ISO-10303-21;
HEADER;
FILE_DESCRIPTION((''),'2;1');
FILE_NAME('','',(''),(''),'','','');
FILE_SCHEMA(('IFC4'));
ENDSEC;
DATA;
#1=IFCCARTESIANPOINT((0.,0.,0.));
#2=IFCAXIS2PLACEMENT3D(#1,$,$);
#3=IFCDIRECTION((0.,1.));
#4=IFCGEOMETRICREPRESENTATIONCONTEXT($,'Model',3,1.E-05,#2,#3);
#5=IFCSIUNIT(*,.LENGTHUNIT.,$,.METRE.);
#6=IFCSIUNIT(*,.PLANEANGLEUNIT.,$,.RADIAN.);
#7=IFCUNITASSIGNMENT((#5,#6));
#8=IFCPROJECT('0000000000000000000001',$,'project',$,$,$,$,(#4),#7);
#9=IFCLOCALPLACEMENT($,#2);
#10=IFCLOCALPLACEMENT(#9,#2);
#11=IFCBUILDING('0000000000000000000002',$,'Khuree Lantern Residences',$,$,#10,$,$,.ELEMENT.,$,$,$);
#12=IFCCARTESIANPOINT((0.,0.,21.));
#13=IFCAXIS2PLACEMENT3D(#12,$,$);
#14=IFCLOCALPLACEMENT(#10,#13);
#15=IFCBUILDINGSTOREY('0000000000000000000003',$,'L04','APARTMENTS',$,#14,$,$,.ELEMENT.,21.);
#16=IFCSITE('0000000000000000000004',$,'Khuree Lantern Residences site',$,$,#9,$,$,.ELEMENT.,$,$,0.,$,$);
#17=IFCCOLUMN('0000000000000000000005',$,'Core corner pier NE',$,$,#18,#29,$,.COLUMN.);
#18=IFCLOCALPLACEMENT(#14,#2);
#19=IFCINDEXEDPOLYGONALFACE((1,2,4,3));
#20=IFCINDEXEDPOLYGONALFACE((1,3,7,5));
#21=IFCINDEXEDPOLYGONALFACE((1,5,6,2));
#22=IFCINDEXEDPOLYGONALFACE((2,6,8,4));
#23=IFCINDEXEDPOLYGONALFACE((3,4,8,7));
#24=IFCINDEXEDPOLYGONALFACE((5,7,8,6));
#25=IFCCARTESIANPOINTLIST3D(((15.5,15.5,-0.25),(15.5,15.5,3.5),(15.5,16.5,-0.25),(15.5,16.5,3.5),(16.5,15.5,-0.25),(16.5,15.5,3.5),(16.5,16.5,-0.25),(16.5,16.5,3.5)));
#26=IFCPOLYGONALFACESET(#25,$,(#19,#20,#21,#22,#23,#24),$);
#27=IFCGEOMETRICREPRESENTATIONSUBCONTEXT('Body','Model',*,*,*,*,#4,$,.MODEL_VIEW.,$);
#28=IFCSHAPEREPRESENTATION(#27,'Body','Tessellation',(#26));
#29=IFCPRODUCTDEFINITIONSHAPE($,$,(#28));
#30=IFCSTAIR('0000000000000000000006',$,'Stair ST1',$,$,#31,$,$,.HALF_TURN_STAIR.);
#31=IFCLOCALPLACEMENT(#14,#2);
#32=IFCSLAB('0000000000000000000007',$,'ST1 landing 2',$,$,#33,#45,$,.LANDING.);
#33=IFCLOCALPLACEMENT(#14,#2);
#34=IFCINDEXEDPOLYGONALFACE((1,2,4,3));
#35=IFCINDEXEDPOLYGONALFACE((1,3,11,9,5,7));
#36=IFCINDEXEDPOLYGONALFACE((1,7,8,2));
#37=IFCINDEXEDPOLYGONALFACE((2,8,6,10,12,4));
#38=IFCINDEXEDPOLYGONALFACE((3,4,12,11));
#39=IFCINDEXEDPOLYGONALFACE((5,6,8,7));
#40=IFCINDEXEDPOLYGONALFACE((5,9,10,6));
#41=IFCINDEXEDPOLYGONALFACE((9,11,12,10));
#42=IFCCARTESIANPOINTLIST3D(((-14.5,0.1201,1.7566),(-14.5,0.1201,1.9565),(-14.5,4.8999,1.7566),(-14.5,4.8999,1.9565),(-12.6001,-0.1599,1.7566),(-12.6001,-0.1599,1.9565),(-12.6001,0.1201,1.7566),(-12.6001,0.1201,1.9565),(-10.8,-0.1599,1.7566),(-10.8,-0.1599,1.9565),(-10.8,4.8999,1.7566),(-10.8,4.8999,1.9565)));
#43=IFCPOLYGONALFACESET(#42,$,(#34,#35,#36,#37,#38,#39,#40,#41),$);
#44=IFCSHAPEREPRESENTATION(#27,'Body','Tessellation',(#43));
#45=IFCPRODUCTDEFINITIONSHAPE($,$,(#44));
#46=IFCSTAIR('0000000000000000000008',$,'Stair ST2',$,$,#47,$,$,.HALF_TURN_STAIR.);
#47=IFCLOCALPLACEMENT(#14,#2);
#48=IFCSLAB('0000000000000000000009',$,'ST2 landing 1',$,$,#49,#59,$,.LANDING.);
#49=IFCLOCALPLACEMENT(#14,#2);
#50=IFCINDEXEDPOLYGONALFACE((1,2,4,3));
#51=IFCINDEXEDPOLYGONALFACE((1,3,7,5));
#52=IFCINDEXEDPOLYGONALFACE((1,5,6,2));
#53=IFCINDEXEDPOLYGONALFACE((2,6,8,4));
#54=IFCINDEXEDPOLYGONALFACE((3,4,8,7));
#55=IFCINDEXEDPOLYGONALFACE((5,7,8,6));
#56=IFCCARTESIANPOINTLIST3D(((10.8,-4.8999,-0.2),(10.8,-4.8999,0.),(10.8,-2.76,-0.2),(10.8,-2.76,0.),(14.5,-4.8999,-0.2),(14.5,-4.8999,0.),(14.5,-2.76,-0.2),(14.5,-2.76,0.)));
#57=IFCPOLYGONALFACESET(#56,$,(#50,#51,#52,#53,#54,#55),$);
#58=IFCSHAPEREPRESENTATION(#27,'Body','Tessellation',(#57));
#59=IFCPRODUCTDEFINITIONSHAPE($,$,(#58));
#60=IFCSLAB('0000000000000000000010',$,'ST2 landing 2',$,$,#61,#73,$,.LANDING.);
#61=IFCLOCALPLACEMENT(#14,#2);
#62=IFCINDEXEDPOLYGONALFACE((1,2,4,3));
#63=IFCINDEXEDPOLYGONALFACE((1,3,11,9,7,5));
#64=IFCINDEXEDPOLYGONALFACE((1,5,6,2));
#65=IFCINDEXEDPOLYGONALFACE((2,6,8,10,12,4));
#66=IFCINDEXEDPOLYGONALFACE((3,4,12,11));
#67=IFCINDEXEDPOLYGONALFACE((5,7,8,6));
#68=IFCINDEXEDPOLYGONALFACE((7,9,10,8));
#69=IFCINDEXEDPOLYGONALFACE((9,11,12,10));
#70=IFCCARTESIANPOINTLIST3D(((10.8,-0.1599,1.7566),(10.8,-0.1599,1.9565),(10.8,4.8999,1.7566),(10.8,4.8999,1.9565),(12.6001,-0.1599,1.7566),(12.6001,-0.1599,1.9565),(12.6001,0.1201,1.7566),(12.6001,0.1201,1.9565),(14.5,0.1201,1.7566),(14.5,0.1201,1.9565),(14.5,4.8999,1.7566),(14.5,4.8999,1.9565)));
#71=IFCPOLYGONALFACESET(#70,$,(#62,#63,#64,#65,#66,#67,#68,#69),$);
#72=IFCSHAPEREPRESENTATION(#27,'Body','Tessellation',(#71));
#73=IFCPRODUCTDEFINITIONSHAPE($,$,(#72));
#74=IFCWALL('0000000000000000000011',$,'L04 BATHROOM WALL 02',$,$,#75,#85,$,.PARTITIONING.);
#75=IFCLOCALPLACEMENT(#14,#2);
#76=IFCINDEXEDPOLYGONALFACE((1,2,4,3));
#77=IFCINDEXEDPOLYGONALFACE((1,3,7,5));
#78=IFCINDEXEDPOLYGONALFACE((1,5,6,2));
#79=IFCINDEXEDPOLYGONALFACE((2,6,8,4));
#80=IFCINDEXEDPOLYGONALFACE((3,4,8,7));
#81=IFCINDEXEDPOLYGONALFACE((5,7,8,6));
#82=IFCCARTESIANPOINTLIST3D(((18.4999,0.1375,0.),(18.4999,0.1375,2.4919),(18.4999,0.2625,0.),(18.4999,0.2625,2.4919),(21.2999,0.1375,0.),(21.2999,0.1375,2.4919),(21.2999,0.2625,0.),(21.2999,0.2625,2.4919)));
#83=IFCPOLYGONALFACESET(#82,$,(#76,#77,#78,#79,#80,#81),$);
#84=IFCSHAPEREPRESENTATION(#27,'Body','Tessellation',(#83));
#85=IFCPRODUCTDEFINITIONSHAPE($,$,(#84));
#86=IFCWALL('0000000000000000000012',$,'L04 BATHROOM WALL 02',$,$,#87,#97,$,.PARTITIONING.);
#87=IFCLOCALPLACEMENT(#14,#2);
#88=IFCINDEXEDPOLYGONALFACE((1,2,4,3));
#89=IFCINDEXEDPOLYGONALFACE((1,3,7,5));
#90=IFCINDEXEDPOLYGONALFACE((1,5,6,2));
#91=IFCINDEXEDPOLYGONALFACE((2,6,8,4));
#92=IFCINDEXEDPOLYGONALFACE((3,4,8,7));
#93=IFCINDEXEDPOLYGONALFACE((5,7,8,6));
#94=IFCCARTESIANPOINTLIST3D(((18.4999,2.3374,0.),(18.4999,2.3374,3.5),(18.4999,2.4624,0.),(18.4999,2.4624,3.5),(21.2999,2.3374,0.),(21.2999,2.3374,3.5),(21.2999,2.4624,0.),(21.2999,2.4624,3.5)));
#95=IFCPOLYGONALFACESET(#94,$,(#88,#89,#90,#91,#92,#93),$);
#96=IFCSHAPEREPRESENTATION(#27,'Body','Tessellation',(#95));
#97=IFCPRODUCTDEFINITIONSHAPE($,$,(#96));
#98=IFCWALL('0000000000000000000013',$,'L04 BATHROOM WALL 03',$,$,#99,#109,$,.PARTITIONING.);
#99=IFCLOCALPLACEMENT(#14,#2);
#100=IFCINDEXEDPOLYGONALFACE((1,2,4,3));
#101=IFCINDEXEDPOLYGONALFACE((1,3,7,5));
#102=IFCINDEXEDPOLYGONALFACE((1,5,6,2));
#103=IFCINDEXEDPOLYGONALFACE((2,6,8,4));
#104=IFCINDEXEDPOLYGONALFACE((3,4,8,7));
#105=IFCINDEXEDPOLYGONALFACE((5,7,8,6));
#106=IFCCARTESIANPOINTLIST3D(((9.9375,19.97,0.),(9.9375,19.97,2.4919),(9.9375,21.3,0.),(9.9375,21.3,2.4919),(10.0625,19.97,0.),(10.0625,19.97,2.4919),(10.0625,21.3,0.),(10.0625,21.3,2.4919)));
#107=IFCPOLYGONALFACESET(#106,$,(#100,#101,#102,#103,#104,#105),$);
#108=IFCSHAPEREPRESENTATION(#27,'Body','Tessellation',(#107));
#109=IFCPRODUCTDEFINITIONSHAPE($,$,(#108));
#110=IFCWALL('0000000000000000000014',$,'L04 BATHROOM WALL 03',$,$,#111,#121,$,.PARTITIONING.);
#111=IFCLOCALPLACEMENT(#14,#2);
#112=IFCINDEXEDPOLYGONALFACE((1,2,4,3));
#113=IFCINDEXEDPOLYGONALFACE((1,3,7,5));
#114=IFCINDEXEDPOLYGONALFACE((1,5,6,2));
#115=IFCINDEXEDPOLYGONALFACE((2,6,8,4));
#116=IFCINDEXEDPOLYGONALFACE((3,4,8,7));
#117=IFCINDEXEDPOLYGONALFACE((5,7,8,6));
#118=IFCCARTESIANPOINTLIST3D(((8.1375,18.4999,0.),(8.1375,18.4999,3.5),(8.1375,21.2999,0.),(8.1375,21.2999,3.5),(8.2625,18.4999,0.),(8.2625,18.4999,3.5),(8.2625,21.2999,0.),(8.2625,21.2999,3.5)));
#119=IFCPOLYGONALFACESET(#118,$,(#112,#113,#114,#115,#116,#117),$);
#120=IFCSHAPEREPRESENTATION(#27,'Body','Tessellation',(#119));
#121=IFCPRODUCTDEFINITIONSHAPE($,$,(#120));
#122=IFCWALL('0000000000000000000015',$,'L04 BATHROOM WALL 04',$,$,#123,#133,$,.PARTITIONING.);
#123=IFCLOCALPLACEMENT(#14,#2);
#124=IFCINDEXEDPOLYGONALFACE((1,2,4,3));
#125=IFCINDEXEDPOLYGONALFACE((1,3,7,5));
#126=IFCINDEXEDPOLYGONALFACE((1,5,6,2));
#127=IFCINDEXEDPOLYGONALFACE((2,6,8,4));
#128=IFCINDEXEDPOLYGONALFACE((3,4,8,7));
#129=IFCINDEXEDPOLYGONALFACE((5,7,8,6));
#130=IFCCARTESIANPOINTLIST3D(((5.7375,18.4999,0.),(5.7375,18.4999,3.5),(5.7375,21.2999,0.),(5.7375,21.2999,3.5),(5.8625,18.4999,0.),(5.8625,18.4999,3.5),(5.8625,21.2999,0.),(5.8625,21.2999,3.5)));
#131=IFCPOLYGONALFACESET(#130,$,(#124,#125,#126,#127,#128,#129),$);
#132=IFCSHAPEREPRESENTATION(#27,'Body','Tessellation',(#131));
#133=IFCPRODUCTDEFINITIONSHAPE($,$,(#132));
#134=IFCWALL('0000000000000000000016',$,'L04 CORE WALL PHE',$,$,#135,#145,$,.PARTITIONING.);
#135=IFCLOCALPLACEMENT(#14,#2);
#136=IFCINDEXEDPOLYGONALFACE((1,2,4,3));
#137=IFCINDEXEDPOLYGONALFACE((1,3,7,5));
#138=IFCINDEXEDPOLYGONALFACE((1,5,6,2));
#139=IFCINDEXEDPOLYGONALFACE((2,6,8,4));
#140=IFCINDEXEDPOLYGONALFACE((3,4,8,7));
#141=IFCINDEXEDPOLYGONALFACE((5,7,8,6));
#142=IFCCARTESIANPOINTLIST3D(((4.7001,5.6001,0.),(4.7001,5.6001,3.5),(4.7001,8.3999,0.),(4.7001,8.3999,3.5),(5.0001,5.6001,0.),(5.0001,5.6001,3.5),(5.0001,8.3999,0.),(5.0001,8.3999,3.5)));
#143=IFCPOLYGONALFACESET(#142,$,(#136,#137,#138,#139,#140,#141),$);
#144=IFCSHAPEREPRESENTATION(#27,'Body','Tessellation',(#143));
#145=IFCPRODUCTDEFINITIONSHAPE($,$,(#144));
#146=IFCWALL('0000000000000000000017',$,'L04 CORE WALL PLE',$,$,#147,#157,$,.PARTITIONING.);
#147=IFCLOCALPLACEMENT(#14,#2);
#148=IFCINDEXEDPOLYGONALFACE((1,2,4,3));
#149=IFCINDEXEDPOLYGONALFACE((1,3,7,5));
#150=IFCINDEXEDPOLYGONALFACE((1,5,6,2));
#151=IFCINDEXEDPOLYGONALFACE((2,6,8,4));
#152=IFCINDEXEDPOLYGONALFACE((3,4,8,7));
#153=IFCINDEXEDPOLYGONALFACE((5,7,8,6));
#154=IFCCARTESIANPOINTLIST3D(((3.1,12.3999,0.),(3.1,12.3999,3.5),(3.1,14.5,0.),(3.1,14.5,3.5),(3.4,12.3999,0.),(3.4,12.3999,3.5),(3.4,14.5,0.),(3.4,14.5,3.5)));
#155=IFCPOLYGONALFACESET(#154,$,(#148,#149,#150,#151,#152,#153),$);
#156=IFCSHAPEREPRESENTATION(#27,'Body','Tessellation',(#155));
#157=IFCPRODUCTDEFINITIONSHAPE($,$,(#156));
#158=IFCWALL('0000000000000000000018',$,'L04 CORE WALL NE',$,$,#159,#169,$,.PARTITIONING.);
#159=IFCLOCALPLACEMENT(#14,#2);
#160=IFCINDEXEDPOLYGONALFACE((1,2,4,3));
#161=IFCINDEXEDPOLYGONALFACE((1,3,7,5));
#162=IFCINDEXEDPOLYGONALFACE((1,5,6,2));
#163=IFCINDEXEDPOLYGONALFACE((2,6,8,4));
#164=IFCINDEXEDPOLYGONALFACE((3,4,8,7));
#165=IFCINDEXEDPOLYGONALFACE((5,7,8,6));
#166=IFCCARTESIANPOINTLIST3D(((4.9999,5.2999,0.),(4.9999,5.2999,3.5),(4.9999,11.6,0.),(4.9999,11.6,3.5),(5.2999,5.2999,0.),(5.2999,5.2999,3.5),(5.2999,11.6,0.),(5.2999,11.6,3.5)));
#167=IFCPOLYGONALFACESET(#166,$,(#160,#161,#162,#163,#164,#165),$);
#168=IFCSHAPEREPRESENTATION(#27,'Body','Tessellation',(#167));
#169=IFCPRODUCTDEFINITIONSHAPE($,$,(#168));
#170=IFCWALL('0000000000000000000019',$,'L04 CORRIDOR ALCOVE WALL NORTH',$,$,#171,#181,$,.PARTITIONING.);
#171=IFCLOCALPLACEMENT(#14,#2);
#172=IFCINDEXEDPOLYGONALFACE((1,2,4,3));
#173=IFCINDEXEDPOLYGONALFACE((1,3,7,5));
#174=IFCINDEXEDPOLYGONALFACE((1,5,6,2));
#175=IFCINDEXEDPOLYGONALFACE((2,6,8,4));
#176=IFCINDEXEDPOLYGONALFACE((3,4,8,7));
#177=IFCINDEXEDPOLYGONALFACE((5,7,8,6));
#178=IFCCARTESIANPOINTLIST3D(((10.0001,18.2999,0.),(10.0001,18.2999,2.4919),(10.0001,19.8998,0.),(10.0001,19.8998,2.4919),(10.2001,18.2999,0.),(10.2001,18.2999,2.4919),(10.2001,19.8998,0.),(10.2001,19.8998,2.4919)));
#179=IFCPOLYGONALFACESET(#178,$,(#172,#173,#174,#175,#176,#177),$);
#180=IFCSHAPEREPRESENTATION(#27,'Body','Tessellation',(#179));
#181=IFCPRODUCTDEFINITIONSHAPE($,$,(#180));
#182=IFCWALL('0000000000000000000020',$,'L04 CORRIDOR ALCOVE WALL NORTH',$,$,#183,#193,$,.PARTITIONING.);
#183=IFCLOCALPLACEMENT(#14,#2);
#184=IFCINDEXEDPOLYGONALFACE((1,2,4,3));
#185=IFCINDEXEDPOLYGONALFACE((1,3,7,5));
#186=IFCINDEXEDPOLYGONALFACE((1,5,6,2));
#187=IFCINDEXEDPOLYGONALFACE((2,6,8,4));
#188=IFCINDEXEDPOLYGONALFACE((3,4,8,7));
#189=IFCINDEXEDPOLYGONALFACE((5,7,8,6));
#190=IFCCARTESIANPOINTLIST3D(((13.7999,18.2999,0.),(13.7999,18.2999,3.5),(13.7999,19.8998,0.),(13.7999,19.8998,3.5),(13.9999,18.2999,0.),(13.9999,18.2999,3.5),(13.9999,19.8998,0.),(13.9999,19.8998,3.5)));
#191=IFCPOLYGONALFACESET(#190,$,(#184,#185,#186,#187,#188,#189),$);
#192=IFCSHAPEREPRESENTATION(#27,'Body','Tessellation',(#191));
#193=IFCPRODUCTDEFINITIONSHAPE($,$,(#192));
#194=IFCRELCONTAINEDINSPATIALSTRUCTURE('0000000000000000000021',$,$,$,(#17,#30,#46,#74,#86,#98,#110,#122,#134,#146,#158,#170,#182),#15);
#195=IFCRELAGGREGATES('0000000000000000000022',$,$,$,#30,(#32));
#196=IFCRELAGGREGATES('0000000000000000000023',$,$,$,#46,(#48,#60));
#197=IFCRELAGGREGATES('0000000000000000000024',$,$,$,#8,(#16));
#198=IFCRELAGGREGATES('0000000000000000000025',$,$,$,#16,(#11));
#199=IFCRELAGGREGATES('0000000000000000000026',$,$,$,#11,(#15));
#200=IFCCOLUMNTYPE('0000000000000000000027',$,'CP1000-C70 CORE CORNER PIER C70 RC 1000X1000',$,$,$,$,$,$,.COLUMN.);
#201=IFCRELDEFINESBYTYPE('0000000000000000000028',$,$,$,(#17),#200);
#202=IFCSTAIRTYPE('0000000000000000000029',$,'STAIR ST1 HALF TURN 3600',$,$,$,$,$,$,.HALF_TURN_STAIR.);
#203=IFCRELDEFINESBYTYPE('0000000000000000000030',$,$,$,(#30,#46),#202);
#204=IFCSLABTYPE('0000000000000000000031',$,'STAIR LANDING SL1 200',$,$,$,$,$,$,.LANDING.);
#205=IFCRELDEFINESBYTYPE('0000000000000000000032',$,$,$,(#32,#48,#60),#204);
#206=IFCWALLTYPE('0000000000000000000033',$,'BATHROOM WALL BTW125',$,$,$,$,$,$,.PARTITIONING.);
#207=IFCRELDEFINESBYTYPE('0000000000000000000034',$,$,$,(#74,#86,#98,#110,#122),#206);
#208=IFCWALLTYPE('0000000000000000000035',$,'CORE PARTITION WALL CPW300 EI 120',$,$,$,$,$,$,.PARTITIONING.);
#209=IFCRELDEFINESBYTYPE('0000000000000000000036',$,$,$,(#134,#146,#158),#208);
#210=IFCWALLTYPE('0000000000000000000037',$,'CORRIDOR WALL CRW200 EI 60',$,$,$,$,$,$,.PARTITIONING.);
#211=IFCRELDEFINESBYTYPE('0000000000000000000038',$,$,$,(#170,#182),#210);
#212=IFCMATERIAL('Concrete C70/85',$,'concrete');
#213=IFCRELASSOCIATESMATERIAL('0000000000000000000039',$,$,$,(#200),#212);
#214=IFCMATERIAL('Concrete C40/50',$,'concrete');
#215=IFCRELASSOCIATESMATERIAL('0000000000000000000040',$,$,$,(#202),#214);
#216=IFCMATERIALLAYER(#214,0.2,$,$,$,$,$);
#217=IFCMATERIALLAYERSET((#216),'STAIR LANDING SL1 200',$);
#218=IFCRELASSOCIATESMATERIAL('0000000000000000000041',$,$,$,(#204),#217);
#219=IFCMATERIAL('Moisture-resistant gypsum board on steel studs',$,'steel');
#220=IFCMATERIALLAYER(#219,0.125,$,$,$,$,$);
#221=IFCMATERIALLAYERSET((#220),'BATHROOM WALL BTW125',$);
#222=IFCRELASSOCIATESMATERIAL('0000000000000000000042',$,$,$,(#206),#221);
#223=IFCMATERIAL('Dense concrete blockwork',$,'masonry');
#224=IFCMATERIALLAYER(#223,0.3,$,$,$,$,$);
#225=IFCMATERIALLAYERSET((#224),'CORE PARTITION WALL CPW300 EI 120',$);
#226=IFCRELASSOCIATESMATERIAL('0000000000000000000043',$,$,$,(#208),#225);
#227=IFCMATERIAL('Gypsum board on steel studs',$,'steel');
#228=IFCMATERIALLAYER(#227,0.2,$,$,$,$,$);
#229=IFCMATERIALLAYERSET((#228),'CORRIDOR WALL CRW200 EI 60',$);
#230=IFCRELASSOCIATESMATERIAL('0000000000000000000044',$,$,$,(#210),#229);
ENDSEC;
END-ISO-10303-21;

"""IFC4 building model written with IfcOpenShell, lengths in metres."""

from ifc_helpers import new_model, si_unit, direction, frame, frame_2d, origin, origin_2d, place, context, subcontext, project, spatial, polyline, rectangle, outline, extrude, material, layer, layer_set, material_profile, profile_set, type_object, element, aggregate, save


model = new_model("IFC4")

# Units and contexts
model_context = context("Model", 3, precision=1e-05, world=origin(), true_north=direction((0.0, 1.0)))
body_context = subcontext(model_context, "Body", "Model", "MODEL_VIEW")
ifc_project = project(units=[si_unit("LENGTHUNIT", "METRE"), si_unit("PLANEANGLEUNIT", "RADIAN")], contexts=[model_context])

# Site, building, storey
site_placement = place(None, origin())
site = spatial("IfcSite", under=ifc_project, at=site_placement, Name="Khuree Lantern Residences site", CompositionType="ELEMENT", RefElevation=0.0)
building_placement = place(site_placement, origin())
building = spatial("IfcBuilding", under=site, at=building_placement, Name="Khuree Lantern Residences", CompositionType="ELEMENT")
storey_placement = place(building_placement, frame((0.0, 0.0, 21.0)))
storey = spatial("IfcBuildingStorey", under=building, at=storey_placement, Name="L04", Description="APARTMENTS", CompositionType="ELEMENT", Elevation=21.0)

# Column
ifc_material_1 = material(Name="Concrete C70/85", Category="concrete")
ifc_material_profile = material_profile(ifc_material_1, rectangle(XDim=1.0, YDim=1.0, at=origin_2d()), Name="RC 1000X1000")
ifc_profile_set = profile_set([ifc_material_profile], Name="Concrete C70/85")
column_type = type_object("IfcColumnType", Name="CP1000-C70 CORE CORNER PIER C70 RC 1000X1000", PredefinedType="COLUMN", material=ifc_profile_set)
column_placement = place(storey_placement, frame((16.0, 16.0, -0.25), z_axis=(0.0, 0.0, 1.0), x_axis=(1.0, 0.0, 0.0)))
element("IfcColumn", 1, at=column_placement, inside=storey, type_object=column_type, Name="Core corner pier NE", PredefinedType="COLUMN", context=body_context, shape_type="SweptSolid", body=[
    extrude(rectangle(XDim=1.0, YDim=1.0, at=origin_2d()), origin(), (0.0, 0.0, 1.0), 3.75),
])

# Stair, slab
ifc_material_2 = material(Name="Concrete C40/50", Category="concrete")
stair_type = type_object("IfcStairType", Name="STAIR ST1 HALF TURN 3600", PredefinedType="HALF_TURN_STAIR", material=ifc_material_2)
stair_1_placement = place(storey_placement, origin())
stair_1 = element("IfcStair", 2, at=stair_1_placement, inside=storey, type_object=stair_type, Name="Stair ST1", PredefinedType="HALF_TURN_STAIR")
ifc_layer_1 = layer(ifc_material_2, 0.2)
ifc_layer_set_1 = layer_set([ifc_layer_1], Name="STAIR LANDING SL1 200")
slab_type = type_object("IfcSlabType", Name="STAIR LANDING SL1 200", PredefinedType="LANDING", material=ifc_layer_set_1)
slab_1_placement = place(storey_placement, frame((0.0, 0.0, 1.7566)))
slab_1 = element("IfcSlab", 3, at=slab_1_placement, type_object=slab_type, Name="ST1 landing 2", PredefinedType="LANDING", context=body_context, shape_type="SweptSolid", body=[
    extrude(outline(polyline([(-14.5, 0.1201), (-14.5, 4.8999), (-10.8, 4.8999), (-10.8, -0.1599), (-12.6001, -0.1599), (-12.6001, 0.1201), (-14.5, 0.1201)])), origin(), (0.0, 0.0, 1.0), 0.2),
])
aggregate(stair_1, [slab_1])

# Stair, slabs
stair_2_placement = place(storey_placement, origin())
stair_2 = element("IfcStair", 4, at=stair_2_placement, inside=storey, type_object=stair_type, Name="Stair ST2", PredefinedType="HALF_TURN_STAIR")
slab_2_placement = place(storey_placement, frame((0.0, 0.0, -0.2)))
slab_2 = element("IfcSlab", 5, at=slab_2_placement, type_object=slab_type, Name="ST2 landing 1", PredefinedType="LANDING", context=body_context, shape_type="SweptSolid", body=[
    extrude(outline(polyline([(10.8, -4.8999), (14.5, -4.8999), (14.5, -2.76), (10.8, -2.76), (10.8, -4.8999)])), origin(), (0.0, 0.0, 1.0), 0.2),
])
slab_3_placement = place(storey_placement, frame((0.0, 0.0, 1.7566)))
slab_3 = element("IfcSlab", 6, at=slab_3_placement, type_object=slab_type, Name="ST2 landing 2", PredefinedType="LANDING", context=body_context, shape_type="SweptSolid", body=[
    extrude(outline(polyline([(14.5, 4.8999), (14.5, 0.1201), (12.6001, 0.1201), (12.6001, -0.1599), (10.8, -0.1599), (10.8, 4.8999), (14.5, 4.8999)])), origin(), (0.0, 0.0, 1.0), 0.2),
])
aggregate(stair_2, [slab_2, slab_3])

# Walls
ifc_material_3 = material(Name="Moisture-resistant gypsum board on steel studs", Category="steel")
ifc_layer_2 = layer(ifc_material_3, 0.125)
ifc_layer_set_2 = layer_set([ifc_layer_2], Name="BATHROOM WALL BTW125")
wall_type_1 = type_object("IfcWallType", Name="BATHROOM WALL BTW125", PredefinedType="PARTITIONING", material=ifc_layer_set_2)
wall_1_placement = place(storey_placement, frame((18.5, 0.2, 0.0), z_axis=(0.0, 0.0, 1.0), x_axis=(1.0, 0.0, 0.0)))
element("IfcWall", 7, at=wall_1_placement, inside=storey, type_object=wall_type_1, Name="L04 BATHROOM WALL 02", PredefinedType="PARTITIONING", context=body_context, shape_type="SweptSolid", body=[
    extrude(rectangle(XDim=2.8, YDim=0.125, at=frame_2d((1.3999, 0.0))), origin(), (0.0, 0.0, 1.0), 2.4919),
])
wall_2_placement = place(storey_placement, frame((18.5, 2.3999, 0.0), z_axis=(0.0, 0.0, 1.0), x_axis=(1.0, 0.0, 0.0)))
element("IfcWall", 8, at=wall_2_placement, inside=storey, type_object=wall_type_1, Name="L04 BATHROOM WALL 02", PredefinedType="PARTITIONING", context=body_context, shape_type="SweptSolid", body=[
    extrude(rectangle(XDim=2.8, YDim=0.125, at=frame_2d((1.3999, 0.0))), origin(), (0.0, 0.0, 1.0), 3.5),
])
wall_3_placement = place(storey_placement, frame((10.0, 19.97, 0.0), z_axis=(0.0, 0.0, 1.0), x_axis=(0.0, 1.0, 0.0)))
element("IfcWall", 9, at=wall_3_placement, inside=storey, type_object=wall_type_1, Name="L04 BATHROOM WALL 03", PredefinedType="PARTITIONING", context=body_context, shape_type="SweptSolid", body=[
    extrude(rectangle(XDim=1.3301, YDim=0.125, at=frame_2d((0.665, 0.0))), origin(), (0.0, 0.0, 1.0), 2.4919),
])
for number, where, z_axis, x_axis, name in (
    (10, (8.2, 18.5, 0.0), (0.0, 0.0, 1.0), (0.0, 1.0, 0.0), "L04 BATHROOM WALL 03"),
    (11, (5.8, 18.5, 0.0), (0.0, 0.0, 1.0), (0.0, 1.0, 0.0), "L04 BATHROOM WALL 04"),
):
    element("IfcWall", number, at=place(storey_placement, frame(where, z_axis=z_axis, x_axis=x_axis)), inside=storey, type_object=wall_type_1, Name=name, PredefinedType="PARTITIONING", context=body_context, shape_type="SweptSolid", body=[
        extrude(rectangle(XDim=2.8, YDim=0.125, at=frame_2d((1.3999, 0.0))), origin(), (0.0, 0.0, 1.0), 3.5),
    ])
ifc_material_4 = material(Name="Dense concrete blockwork", Category="masonry")
ifc_layer_3 = layer(ifc_material_4, 0.3)
ifc_layer_set_3 = layer_set([ifc_layer_3], Name="CORE PARTITION WALL CPW300 EI 120")
wall_type_2 = type_object("IfcWallType", Name="CORE PARTITION WALL CPW300 EI 120", PredefinedType="PARTITIONING", material=ifc_layer_set_3)
wall_4_placement = place(storey_placement, frame((4.8501, 5.6001, 0.0), z_axis=(0.0, 0.0, 1.0), x_axis=(0.0, 1.0, 0.0)))
element("IfcWall", 12, at=wall_4_placement, inside=storey, type_object=wall_type_2, Name="L04 CORE WALL PHE", PredefinedType="PARTITIONING", context=body_context, shape_type="SweptSolid", body=[
    extrude(rectangle(XDim=2.7998, YDim=0.3, at=frame_2d((1.3999, 0.0))), origin(), (0.0, 0.0, 1.0), 3.5),
])
wall_5_placement = place(storey_placement, frame((3.25, 12.3999, 0.0), z_axis=(0.0, 0.0, 1.0), x_axis=(0.0, 1.0, 0.0)))
element("IfcWall", 13, at=wall_5_placement, inside=storey, type_object=wall_type_2, Name="L04 CORE WALL PLE", PredefinedType="PARTITIONING", context=body_context, shape_type="SweptSolid", body=[
    extrude(rectangle(XDim=2.1001, YDim=0.3, at=frame_2d((1.05, 0.0))), origin(), (0.0, 0.0, 1.0), 3.5),
])
wall_6_placement = place(storey_placement, frame((5.1499, 5.3, 0.0), z_axis=(0.0, 0.0, 1.0), x_axis=(0.0, 1.0, 0.0)))
element("IfcWall", 14, at=wall_6_placement, inside=storey, type_object=wall_type_2, Name="L04 CORE WALL NE", PredefinedType="PARTITIONING", context=body_context, shape_type="SweptSolid", body=[
    extrude(rectangle(XDim=6.3, YDim=0.3, at=frame_2d((3.1499, 0.0))), origin(), (0.0, 0.0, 1.0), 3.5),
])
ifc_material_5 = material(Name="Gypsum board on steel studs", Category="steel")
ifc_layer_4 = layer(ifc_material_5, 0.2)
ifc_layer_set_4 = layer_set([ifc_layer_4], Name="CORRIDOR WALL CRW200 EI 60")
wall_type_3 = type_object("IfcWallType", Name="CORRIDOR WALL CRW200 EI 60", PredefinedType="PARTITIONING", material=ifc_layer_set_4)
wall_7_placement = place(storey_placement, frame((10.1001, 18.3, 0.0), z_axis=(0.0, 0.0, 1.0), x_axis=(0.0, 1.0, 0.0)))
element("IfcWall", 15, at=wall_7_placement, inside=storey, type_object=wall_type_3, Name="L04 CORRIDOR ALCOVE WALL NORTH", PredefinedType="PARTITIONING", context=body_context, shape_type="SweptSolid", body=[
    extrude(rectangle(XDim=1.5999, YDim=0.2, at=frame_2d((0.7998, 0.0))), origin(), (0.0, 0.0, 1.0), 2.4919),
])
wall_8_placement = place(storey_placement, frame((13.8999, 18.3, 0.0), z_axis=(0.0, 0.0, 1.0), x_axis=(0.0, 1.0, 0.0)))
element("IfcWall", 16, at=wall_8_placement, inside=storey, type_object=wall_type_3, Name="L04 CORRIDOR ALCOVE WALL NORTH", PredefinedType="PARTITIONING", context=body_context, shape_type="SweptSolid", body=[
    extrude(rectangle(XDim=1.5999, YDim=0.2, at=frame_2d((0.7998, 0.0))), origin(), (0.0, 0.0, 1.0), 3.5),
])

save(model, "model.ifc")
